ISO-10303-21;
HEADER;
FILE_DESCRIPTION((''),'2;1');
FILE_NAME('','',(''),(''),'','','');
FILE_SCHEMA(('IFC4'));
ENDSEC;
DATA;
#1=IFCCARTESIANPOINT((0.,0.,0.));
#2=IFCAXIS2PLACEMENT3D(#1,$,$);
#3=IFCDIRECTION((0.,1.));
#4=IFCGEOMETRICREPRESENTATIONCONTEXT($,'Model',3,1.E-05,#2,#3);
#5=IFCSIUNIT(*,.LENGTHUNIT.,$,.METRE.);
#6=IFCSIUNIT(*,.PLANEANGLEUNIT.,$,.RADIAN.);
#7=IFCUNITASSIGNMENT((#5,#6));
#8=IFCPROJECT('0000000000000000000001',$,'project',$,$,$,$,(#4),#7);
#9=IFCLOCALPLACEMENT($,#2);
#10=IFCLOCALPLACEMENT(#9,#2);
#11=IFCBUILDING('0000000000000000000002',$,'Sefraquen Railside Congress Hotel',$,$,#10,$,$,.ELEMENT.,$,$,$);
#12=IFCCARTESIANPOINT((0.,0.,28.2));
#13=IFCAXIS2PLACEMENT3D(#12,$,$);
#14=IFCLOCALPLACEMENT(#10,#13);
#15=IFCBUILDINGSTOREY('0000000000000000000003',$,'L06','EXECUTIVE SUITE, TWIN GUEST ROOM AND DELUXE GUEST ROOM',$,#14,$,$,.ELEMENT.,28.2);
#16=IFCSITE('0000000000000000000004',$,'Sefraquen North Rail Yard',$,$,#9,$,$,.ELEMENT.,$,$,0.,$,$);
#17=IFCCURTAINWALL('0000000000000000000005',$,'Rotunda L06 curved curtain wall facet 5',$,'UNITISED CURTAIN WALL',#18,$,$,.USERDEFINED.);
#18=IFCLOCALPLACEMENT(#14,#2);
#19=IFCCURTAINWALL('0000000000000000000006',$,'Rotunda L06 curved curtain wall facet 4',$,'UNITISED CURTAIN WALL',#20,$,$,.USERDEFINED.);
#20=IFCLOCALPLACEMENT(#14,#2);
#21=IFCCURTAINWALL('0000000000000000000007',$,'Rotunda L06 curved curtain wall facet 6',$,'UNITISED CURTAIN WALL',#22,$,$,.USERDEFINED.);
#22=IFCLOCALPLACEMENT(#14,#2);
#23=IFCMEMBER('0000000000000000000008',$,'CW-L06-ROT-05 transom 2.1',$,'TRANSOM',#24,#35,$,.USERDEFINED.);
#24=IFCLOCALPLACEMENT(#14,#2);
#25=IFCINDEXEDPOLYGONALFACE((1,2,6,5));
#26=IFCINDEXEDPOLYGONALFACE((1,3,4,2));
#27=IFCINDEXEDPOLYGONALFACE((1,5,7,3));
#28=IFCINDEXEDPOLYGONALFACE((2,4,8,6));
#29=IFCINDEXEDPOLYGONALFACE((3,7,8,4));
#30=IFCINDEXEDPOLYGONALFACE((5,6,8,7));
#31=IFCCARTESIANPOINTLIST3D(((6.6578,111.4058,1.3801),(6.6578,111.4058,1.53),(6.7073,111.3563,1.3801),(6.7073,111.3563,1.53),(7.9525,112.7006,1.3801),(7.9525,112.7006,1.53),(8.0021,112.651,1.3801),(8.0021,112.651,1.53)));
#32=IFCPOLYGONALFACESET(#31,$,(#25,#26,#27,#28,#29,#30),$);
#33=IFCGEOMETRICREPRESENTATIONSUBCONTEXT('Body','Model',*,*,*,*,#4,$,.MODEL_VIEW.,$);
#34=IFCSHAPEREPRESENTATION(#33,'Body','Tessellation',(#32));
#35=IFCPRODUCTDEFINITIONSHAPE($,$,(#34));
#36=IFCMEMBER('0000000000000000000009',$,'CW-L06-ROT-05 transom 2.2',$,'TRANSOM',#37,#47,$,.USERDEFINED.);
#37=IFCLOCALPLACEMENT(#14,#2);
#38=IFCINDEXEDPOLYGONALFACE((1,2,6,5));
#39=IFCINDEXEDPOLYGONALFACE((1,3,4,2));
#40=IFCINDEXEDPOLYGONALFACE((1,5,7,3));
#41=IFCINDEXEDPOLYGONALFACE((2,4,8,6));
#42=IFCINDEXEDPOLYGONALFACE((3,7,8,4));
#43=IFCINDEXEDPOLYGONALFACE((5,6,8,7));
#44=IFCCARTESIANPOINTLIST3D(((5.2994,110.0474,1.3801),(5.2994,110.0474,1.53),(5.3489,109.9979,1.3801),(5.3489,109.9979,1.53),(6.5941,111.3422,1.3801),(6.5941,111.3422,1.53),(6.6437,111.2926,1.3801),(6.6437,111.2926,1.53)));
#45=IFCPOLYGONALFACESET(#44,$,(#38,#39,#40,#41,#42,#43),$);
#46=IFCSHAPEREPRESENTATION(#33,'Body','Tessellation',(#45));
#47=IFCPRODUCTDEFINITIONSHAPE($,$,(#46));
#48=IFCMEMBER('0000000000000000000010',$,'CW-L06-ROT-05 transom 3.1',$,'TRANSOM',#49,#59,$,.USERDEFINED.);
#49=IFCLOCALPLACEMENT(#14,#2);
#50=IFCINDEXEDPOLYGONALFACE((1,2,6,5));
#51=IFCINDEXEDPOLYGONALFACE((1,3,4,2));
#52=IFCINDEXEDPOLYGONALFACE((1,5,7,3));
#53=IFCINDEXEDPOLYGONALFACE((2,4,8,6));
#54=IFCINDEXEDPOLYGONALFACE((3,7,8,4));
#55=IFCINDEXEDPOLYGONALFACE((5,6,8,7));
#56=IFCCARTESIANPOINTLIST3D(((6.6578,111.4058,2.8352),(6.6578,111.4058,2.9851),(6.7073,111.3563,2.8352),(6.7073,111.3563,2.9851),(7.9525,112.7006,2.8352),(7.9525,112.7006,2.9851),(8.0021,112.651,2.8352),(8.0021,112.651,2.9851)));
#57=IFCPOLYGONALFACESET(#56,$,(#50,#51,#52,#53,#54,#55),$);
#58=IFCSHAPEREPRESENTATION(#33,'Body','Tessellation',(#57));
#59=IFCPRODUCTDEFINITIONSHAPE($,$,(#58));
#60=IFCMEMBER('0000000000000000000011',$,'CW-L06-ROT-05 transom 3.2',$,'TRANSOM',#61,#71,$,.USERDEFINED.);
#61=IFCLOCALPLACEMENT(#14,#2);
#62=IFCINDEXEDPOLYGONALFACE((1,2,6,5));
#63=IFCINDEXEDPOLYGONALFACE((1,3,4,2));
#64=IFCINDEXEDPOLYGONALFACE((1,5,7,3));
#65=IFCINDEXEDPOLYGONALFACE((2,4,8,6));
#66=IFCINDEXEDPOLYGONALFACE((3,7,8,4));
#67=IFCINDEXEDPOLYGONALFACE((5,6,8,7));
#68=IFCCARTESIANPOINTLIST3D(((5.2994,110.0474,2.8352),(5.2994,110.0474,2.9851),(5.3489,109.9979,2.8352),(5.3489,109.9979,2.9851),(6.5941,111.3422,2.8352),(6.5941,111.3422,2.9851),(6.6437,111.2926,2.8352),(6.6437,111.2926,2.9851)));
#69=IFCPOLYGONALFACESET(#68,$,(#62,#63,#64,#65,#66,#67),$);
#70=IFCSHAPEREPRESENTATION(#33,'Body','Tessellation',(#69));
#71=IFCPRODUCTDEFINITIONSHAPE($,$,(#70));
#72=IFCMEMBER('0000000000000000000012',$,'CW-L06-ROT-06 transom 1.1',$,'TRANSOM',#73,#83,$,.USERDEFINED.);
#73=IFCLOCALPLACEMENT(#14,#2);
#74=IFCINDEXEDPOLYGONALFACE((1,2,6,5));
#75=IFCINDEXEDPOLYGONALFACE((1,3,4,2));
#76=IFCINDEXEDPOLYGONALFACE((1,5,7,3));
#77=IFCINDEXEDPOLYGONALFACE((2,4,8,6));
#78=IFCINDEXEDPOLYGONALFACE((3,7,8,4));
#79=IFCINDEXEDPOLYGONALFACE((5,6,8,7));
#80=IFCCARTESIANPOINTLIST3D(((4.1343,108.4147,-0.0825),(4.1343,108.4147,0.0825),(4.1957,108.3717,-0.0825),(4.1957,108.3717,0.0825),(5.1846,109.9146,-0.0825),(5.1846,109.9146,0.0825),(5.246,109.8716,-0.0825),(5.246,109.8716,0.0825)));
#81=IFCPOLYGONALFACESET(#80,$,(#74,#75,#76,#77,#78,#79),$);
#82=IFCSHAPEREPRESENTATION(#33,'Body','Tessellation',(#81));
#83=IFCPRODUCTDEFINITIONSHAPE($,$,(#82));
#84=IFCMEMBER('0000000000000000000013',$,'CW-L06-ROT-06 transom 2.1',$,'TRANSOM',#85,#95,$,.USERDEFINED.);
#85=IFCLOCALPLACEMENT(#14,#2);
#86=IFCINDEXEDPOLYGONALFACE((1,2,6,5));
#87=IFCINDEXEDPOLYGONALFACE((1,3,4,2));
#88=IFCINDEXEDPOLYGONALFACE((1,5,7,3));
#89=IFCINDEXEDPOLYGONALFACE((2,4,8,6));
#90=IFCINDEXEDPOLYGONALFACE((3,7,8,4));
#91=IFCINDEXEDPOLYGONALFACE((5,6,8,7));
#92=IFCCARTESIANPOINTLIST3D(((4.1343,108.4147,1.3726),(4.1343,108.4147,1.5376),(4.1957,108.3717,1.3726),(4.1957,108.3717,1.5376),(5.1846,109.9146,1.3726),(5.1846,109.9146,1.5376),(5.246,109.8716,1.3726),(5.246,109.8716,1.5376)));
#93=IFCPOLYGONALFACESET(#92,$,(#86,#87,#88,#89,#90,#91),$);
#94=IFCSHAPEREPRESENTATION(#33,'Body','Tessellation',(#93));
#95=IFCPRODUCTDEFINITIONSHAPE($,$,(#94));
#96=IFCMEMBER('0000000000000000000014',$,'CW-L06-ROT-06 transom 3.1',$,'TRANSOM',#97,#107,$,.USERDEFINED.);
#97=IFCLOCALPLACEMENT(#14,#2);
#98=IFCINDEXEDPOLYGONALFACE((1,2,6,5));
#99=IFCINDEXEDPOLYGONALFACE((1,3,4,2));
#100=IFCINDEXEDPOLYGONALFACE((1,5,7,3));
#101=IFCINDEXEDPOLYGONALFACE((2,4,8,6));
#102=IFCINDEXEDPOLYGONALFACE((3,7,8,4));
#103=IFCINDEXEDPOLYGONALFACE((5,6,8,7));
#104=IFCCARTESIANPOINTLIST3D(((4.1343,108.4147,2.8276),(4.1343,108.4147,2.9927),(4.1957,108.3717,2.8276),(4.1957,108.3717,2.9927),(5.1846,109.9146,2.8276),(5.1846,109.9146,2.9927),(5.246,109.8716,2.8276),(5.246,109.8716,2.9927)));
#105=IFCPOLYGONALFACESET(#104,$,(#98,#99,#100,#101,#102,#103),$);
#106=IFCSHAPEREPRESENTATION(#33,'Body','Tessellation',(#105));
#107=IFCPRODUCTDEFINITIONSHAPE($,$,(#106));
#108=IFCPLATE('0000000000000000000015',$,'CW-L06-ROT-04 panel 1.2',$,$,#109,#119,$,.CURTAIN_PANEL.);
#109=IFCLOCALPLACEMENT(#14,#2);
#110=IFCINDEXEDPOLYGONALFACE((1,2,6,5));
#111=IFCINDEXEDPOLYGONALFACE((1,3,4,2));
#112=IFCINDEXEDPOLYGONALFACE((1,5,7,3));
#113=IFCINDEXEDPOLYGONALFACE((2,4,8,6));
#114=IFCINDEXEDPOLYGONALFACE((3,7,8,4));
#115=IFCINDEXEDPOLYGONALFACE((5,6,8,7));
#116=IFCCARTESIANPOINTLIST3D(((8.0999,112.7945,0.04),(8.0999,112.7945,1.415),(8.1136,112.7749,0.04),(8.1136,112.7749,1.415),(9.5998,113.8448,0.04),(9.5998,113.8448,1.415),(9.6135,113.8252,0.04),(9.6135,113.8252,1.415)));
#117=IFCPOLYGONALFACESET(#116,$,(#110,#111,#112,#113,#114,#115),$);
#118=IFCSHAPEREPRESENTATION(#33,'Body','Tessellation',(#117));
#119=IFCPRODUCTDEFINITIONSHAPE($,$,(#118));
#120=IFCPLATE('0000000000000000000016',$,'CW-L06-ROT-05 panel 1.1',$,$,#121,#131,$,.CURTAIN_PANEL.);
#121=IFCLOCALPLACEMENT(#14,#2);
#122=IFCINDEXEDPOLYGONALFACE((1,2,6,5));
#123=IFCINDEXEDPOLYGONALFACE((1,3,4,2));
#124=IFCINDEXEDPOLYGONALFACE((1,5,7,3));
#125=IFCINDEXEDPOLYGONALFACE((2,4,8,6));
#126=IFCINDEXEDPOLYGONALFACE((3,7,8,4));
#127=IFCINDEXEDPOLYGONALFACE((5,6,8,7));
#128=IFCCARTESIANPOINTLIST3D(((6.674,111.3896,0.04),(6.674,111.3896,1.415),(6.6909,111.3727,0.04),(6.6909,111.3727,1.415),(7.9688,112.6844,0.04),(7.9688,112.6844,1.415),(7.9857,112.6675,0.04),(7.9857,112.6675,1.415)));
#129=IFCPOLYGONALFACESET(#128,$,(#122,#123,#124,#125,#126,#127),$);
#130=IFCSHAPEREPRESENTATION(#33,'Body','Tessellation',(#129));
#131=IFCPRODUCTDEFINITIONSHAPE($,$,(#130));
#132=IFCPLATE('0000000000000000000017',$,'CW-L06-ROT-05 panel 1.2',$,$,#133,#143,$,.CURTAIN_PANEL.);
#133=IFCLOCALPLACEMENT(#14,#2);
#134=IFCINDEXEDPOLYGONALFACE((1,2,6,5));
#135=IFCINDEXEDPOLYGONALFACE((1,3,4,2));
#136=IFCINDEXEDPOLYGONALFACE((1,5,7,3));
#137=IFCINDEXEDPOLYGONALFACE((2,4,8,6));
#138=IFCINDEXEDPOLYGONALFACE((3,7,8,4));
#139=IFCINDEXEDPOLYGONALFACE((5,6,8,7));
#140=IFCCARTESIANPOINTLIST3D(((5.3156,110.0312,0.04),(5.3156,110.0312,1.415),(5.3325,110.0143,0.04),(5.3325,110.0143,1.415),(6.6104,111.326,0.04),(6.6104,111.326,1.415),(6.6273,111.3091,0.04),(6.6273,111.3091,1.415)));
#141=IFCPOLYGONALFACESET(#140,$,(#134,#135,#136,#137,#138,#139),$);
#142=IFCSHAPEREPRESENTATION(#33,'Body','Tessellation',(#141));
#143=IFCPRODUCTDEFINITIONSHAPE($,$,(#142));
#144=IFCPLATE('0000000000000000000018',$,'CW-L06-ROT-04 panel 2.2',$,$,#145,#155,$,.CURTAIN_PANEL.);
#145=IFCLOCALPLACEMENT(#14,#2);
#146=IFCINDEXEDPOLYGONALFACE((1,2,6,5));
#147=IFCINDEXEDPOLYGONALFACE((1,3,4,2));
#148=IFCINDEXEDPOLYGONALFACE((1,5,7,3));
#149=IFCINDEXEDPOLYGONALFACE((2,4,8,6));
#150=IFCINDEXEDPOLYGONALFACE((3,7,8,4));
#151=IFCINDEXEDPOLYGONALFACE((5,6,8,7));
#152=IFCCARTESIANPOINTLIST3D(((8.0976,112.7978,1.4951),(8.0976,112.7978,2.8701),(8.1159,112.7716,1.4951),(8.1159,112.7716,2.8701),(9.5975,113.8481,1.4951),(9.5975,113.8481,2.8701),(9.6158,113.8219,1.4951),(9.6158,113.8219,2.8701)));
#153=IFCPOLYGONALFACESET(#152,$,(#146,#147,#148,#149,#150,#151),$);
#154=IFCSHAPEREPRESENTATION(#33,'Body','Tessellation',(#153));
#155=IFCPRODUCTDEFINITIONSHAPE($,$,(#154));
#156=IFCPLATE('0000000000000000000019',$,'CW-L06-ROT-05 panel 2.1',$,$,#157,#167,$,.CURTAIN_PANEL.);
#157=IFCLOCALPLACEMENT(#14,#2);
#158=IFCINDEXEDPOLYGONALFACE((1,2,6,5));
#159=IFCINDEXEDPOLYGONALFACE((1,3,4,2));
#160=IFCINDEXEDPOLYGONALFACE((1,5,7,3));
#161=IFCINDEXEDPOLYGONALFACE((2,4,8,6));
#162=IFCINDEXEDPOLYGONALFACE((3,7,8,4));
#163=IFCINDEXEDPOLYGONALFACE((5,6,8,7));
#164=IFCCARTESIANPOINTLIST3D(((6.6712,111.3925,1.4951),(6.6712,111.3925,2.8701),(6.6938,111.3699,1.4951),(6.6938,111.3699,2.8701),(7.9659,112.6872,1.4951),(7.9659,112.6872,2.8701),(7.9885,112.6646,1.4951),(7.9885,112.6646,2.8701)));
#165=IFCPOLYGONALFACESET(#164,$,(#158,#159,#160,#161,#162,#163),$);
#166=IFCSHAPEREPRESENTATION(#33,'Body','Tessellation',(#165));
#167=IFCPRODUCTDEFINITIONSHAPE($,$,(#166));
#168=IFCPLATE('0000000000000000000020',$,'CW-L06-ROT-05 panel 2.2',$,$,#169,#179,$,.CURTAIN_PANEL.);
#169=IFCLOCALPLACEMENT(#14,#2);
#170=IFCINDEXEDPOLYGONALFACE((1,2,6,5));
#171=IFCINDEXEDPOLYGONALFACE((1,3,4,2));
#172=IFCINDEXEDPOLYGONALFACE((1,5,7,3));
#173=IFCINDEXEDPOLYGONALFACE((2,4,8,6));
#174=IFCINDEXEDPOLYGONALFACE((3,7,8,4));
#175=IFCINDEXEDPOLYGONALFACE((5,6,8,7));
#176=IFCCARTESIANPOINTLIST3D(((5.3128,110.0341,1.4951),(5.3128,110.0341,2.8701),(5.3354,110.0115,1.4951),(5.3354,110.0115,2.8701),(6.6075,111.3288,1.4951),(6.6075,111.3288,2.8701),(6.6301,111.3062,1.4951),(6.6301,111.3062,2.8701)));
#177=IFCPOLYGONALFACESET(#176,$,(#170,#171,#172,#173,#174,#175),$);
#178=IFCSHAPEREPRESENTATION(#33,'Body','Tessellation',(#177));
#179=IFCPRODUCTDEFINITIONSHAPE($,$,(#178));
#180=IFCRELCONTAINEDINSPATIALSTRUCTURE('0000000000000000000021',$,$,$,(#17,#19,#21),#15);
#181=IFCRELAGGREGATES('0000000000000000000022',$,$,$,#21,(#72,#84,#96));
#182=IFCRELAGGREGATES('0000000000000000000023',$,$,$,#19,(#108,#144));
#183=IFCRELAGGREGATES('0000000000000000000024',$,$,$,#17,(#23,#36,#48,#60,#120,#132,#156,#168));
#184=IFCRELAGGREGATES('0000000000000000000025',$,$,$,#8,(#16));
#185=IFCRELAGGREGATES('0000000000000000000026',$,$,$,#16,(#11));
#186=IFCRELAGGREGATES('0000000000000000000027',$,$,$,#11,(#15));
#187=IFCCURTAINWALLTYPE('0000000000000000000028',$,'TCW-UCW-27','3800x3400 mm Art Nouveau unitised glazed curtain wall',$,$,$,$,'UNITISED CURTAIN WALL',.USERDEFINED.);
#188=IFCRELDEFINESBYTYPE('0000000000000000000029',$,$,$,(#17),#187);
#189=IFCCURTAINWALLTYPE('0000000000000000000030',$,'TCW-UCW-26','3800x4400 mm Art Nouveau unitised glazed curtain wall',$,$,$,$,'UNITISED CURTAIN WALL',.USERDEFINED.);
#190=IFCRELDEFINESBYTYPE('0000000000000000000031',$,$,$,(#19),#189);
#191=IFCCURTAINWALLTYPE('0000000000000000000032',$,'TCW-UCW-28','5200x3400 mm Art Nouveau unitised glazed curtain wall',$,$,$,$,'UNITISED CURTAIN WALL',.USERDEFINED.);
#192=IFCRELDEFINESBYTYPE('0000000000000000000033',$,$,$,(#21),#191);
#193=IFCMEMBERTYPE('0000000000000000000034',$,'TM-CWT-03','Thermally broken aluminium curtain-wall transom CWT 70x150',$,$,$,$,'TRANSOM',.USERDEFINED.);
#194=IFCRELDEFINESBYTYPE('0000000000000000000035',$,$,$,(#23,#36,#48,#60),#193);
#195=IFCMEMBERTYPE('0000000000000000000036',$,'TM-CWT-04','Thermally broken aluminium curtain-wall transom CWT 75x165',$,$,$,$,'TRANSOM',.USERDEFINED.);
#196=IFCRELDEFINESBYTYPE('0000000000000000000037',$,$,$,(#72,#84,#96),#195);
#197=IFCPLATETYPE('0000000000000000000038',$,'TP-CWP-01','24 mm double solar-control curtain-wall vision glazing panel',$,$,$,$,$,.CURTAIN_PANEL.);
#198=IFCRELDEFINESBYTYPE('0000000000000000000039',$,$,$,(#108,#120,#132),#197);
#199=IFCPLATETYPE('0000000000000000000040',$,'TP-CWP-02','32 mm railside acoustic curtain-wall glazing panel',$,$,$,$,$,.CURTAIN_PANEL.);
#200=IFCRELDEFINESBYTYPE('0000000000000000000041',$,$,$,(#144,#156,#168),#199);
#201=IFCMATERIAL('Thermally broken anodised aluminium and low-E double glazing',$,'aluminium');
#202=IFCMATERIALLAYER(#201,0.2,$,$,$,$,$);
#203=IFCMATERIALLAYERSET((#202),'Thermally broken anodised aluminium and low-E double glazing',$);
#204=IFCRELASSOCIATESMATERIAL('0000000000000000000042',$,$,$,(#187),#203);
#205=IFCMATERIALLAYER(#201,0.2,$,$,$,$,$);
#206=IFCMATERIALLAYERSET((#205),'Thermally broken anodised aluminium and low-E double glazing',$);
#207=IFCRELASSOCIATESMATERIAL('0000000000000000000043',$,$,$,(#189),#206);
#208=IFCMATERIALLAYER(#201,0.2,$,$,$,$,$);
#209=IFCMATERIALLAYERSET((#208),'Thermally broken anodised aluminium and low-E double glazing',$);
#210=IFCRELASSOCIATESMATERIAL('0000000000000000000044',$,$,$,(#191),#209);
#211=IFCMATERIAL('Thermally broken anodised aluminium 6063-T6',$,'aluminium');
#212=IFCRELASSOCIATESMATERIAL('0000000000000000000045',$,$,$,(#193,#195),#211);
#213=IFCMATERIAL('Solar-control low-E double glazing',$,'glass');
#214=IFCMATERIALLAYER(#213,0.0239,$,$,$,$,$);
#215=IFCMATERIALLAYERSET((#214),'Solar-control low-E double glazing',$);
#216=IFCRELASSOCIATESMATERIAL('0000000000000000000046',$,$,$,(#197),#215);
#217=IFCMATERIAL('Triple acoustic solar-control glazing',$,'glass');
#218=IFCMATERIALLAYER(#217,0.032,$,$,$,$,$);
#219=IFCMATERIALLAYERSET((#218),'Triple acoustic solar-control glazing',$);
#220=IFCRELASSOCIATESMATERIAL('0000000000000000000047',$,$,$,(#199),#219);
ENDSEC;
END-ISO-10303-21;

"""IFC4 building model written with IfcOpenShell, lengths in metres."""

from ifc_helpers import new_model, si_unit, direction, frame, origin, origin_2d, place, context, subcontext, project, spatial, rectangle, extrude, material, layer, layer_set, material_profile, profile_set, type_object, element, aggregate, save


model = new_model("IFC4")

# Units and contexts
model_context = context("Model", 3, precision=1e-05, world=origin(), true_north=direction((0.0, 1.0)))
body_context = subcontext(model_context, "Body", "Model", "MODEL_VIEW")
ifc_project = project(units=[si_unit("LENGTHUNIT", "METRE"), si_unit("PLANEANGLEUNIT", "RADIAN")], contexts=[model_context])

# Site, building, storey
site_placement = place(None, origin())
site = spatial("IfcSite", under=ifc_project, at=site_placement, Name="Sefraquen North Rail Yard", CompositionType="ELEMENT", RefElevation=0.0)
building_placement = place(site_placement, origin())
building = spatial("IfcBuilding", under=site, at=building_placement, Name="Sefraquen Railside Congress Hotel", CompositionType="ELEMENT")
storey_placement = place(building_placement, frame((0.0, 0.0, 28.2)))
storey = spatial("IfcBuildingStorey", under=building, at=storey_placement, Name="L06", Description="EXECUTIVE SUITE, TWIN GUEST ROOM AND DELUXE GUEST ROOM", CompositionType="ELEMENT", Elevation=28.2)

# Curtain walls
ifc_material_1 = material(Name="Thermally broken anodised aluminium and low-E double glazing", Category="aluminium")
ifc_layer_1 = layer(ifc_material_1, 0.2)
ifc_layer_set_1 = layer_set([ifc_layer_1], Name="Thermally broken anodised aluminium and low-E double glazing")
curtain_wall_type_1 = type_object("IfcCurtainWallType", Name="TCW-UCW-27", Description="3800x3400 mm Art Nouveau unitised glazed curtain wall", ElementType="UNITISED CURTAIN WALL", PredefinedType="USERDEFINED", material=ifc_layer_set_1)
curtain_wall_1_placement = place(storey_placement, origin())
curtain_wall_1 = element("IfcCurtainWall", 1, at=curtain_wall_1_placement, inside=storey, type_object=curtain_wall_type_1, Name="Rotunda L06 curved curtain wall facet 5", ObjectType="UNITISED CURTAIN WALL", PredefinedType="USERDEFINED")
ifc_material_2 = material(Name="Thermally broken anodised aluminium 6063-T6", Category="aluminium")
ifc_layer_2 = layer(ifc_material_1, 0.2)
ifc_layer_set_2 = layer_set([ifc_layer_2], Name="Thermally broken anodised aluminium and low-E double glazing")
curtain_wall_type_2 = type_object("IfcCurtainWallType", Name="TCW-UCW-26", Description="3800x4400 mm Art Nouveau unitised glazed curtain wall", ElementType="UNITISED CURTAIN WALL", PredefinedType="USERDEFINED", material=ifc_layer_set_2)
curtain_wall_2_placement = place(storey_placement, origin())
curtain_wall_2 = element("IfcCurtainWall", 2, at=curtain_wall_2_placement, inside=storey, type_object=curtain_wall_type_2, Name="Rotunda L06 curved curtain wall facet 4", ObjectType="UNITISED CURTAIN WALL", PredefinedType="USERDEFINED")

# Curtain wall
ifc_layer_3 = layer(ifc_material_1, 0.2)
ifc_layer_set_3 = layer_set([ifc_layer_3], Name="Thermally broken anodised aluminium and low-E double glazing")
curtain_wall_type_3 = type_object("IfcCurtainWallType", Name="TCW-UCW-28", Description="5200x3400 mm Art Nouveau unitised glazed curtain wall", ElementType="UNITISED CURTAIN WALL", PredefinedType="USERDEFINED", material=ifc_layer_set_3)
curtain_wall_3_placement = place(storey_placement, origin())
curtain_wall_3 = element("IfcCurtainWall", 3, at=curtain_wall_3_placement, inside=storey, type_object=curtain_wall_type_3, Name="Rotunda L06 curved curtain wall facet 6", ObjectType="UNITISED CURTAIN WALL", PredefinedType="USERDEFINED")

# Members
ifc_material_profile_1 = material_profile(ifc_material_2, rectangle(XDim=0.0701, YDim=0.1499, at=origin_2d()), Name="CWT 70x150")
ifc_profile_set_1 = profile_set([ifc_material_profile_1], Name="Thermally broken anodised aluminium 6063-T6")
member_type_1 = type_object("IfcMemberType", Name="TM-CWT-03", Description="Thermally broken aluminium curtain-wall transom CWT 70x150", ElementType="TRANSOM", PredefinedType="USERDEFINED", material=ifc_profile_set_1)
member_1_placement = place(storey_placement, frame((7.9773, 112.6758, 1.4551), z_axis=(-0.707107, -0.707107, 0.0), x_axis=(0.707107, -0.707107, 0.0)))
member_1 = element("IfcMember", 4, at=member_1_placement, type_object=member_type_1, Name="CW-L06-ROT-05 transom 2.1", ObjectType="TRANSOM", PredefinedType="USERDEFINED", context=body_context, shape_type="SweptSolid", body=[
    extrude(rectangle(XDim=0.0701, YDim=0.1499, at=origin_2d()), origin(), (0.0, 0.0, 1.0), 1.8311),
])
member_2_placement = place(storey_placement, frame((6.6189, 111.3174, 1.4551), z_axis=(-0.707107, -0.707107, 0.0), x_axis=(0.707107, -0.707107, 0.0)))
member_2 = element("IfcMember", 5, at=member_2_placement, type_object=member_type_1, Name="CW-L06-ROT-05 transom 2.2", ObjectType="TRANSOM", PredefinedType="USERDEFINED", context=body_context, shape_type="SweptSolid", body=[
    extrude(rectangle(XDim=0.0701, YDim=0.1499, at=origin_2d()), origin(), (0.0, 0.0, 1.0), 1.8311),
])
member_3_placement = place(storey_placement, frame((7.9773, 112.6758, 2.9102), z_axis=(-0.707107, -0.707107, 0.0), x_axis=(0.707107, -0.707107, 0.0)))
member_3 = element("IfcMember", 6, at=member_3_placement, type_object=member_type_1, Name="CW-L06-ROT-05 transom 3.1", ObjectType="TRANSOM", PredefinedType="USERDEFINED", context=body_context, shape_type="SweptSolid", body=[
    extrude(rectangle(XDim=0.0701, YDim=0.1499, at=origin_2d()), origin(), (0.0, 0.0, 1.0), 1.8311),
])
member_4_placement = place(storey_placement, frame((6.6189, 111.3174, 2.9102), z_axis=(-0.707107, -0.707107, 0.0), x_axis=(0.707107, -0.707107, 0.0)))
member_4 = element("IfcMember", 7, at=member_4_placement, type_object=member_type_1, Name="CW-L06-ROT-05 transom 3.2", ObjectType="TRANSOM", PredefinedType="USERDEFINED", context=body_context, shape_type="SweptSolid", body=[
    extrude(rectangle(XDim=0.0701, YDim=0.1499, at=origin_2d()), origin(), (0.0, 0.0, 1.0), 1.8311),
])
ifc_material_profile_2 = material_profile(ifc_material_2, rectangle(XDim=0.075, YDim=0.165, at=origin_2d()), Name="CWT 75x165")
ifc_profile_set_2 = profile_set([ifc_material_profile_2], Name="Thermally broken anodised aluminium 6063-T6")
member_type_2 = type_object("IfcMemberType", Name="TM-CWT-04", Description="Thermally broken aluminium curtain-wall transom CWT 75x165", ElementType="TRANSOM", PredefinedType="USERDEFINED", material=ifc_profile_set_2)
member_5_placement = place(storey_placement, frame((5.2153, 109.8931, 0.0), z_axis=(-0.573632, -0.819113, 0.0), x_axis=(0.819113, -0.573632, 0.0)))
member_5 = element("IfcMember", 8, at=member_5_placement, type_object=member_type_2, Name="CW-L06-ROT-06 transom 1.1", ObjectType="TRANSOM", PredefinedType="USERDEFINED", context=body_context, shape_type="SweptSolid", body=[
    extrude(rectangle(XDim=0.075, YDim=0.165, at=origin_2d()), origin(), (0.0, 0.0, 1.0), 1.8311),
])
member_6_placement = place(storey_placement, frame((5.2153, 109.8931, 1.4551), z_axis=(-0.573632, -0.819113, 0.0), x_axis=(0.819113, -0.573632, 0.0)))
member_6 = element("IfcMember", 9, at=member_6_placement, type_object=member_type_2, Name="CW-L06-ROT-06 transom 2.1", ObjectType="TRANSOM", PredefinedType="USERDEFINED", context=body_context, shape_type="SweptSolid", body=[
    extrude(rectangle(XDim=0.075, YDim=0.165, at=origin_2d()), origin(), (0.0, 0.0, 1.0), 1.8311),
])
member_7_placement = place(storey_placement, frame((5.2153, 109.8931, 2.9102), z_axis=(-0.573632, -0.819113, 0.0), x_axis=(0.819113, -0.573632, 0.0)))
member_7 = element("IfcMember", 10, at=member_7_placement, type_object=member_type_2, Name="CW-L06-ROT-06 transom 3.1", ObjectType="TRANSOM", PredefinedType="USERDEFINED", context=body_context, shape_type="SweptSolid", body=[
    extrude(rectangle(XDim=0.075, YDim=0.165, at=origin_2d()), origin(), (0.0, 0.0, 1.0), 1.8311),
])
aggregate(curtain_wall_3, [member_5, member_6, member_7])

# Plates
ifc_material_3 = material(Name="Solar-control low-E double glazing", Category="glass")
ifc_layer_4 = layer(ifc_material_3, 0.0239)
ifc_layer_set_4 = layer_set([ifc_layer_4], Name="Solar-control low-E double glazing")
plate_type_1 = type_object("IfcPlateType", Name="TP-CWP-01", Description="24 mm double solar-control curtain-wall vision glazing panel", PredefinedType="CURTAIN_PANEL", material=ifc_layer_set_4)
plate_1_placement = place(storey_placement, frame((8.8567, 113.3098, 0.04), z_axis=(0.0, 0.0, 1.0), x_axis=(-0.819132, -0.573605, 0.0)))
plate_1 = element("IfcPlate", 11, at=plate_1_placement, type_object=plate_type_1, Name="CW-L06-ROT-04 panel 1.2", PredefinedType="CURTAIN_PANEL", context=body_context, shape_type="SweptSolid", body=[
    extrude(rectangle(XDim=1.8311, YDim=0.0239, at=origin_2d()), origin(), (0.0, 0.0, 1.0), 1.375),
])
plate_2_placement = place(storey_placement, frame((7.3298, 112.0286, 0.04), z_axis=(0.0, 0.0, 1.0), x_axis=(-0.707107, -0.707107, 0.0)))
plate_2 = element("IfcPlate", 12, at=plate_2_placement, type_object=plate_type_1, Name="CW-L06-ROT-05 panel 1.1", PredefinedType="CURTAIN_PANEL", context=body_context, shape_type="SweptSolid", body=[
    extrude(rectangle(XDim=1.8311, YDim=0.0239, at=origin_2d()), origin(), (0.0, 0.0, 1.0), 1.375),
])
plate_3_placement = place(storey_placement, frame((5.9714, 110.6702, 0.04), z_axis=(0.0, 0.0, 1.0), x_axis=(-0.707107, -0.707107, 0.0)))
plate_3 = element("IfcPlate", 13, at=plate_3_placement, type_object=plate_type_1, Name="CW-L06-ROT-05 panel 1.2", PredefinedType="CURTAIN_PANEL", context=body_context, shape_type="SweptSolid", body=[
    extrude(rectangle(XDim=1.8311, YDim=0.0239, at=origin_2d()), origin(), (0.0, 0.0, 1.0), 1.375),
])
ifc_material_4 = material(Name="Triple acoustic solar-control glazing", Category="glass")
ifc_layer_5 = layer(ifc_material_4, 0.032)
ifc_layer_set_5 = layer_set([ifc_layer_5], Name="Triple acoustic solar-control glazing")
plate_type_2 = type_object("IfcPlateType", Name="TP-CWP-02", Description="32 mm railside acoustic curtain-wall glazing panel", PredefinedType="CURTAIN_PANEL", material=ifc_layer_set_5)
plate_4_placement = place(storey_placement, frame((8.8567, 113.3098, 1.4951), z_axis=(0.0, 0.0, 1.0), x_axis=(-0.819132, -0.573605, 0.0)))
plate_4 = element("IfcPlate", 14, at=plate_4_placement, type_object=plate_type_2, Name="CW-L06-ROT-04 panel 2.2", PredefinedType="CURTAIN_PANEL", context=body_context, shape_type="SweptSolid", body=[
    extrude(rectangle(XDim=1.8311, YDim=0.032, at=origin_2d()), origin(), (0.0, 0.0, 1.0), 1.375),
])
aggregate(curtain_wall_2, [plate_1, plate_4])
plate_5_placement = place(storey_placement, frame((7.3298, 112.0286, 1.4951), z_axis=(0.0, 0.0, 1.0), x_axis=(-0.707107, -0.707107, 0.0)))
plate_5 = element("IfcPlate", 15, at=plate_5_placement, type_object=plate_type_2, Name="CW-L06-ROT-05 panel 2.1", PredefinedType="CURTAIN_PANEL", context=body_context, shape_type="SweptSolid", body=[
    extrude(rectangle(XDim=1.8311, YDim=0.032, at=origin_2d()), origin(), (0.0, 0.0, 1.0), 1.375),
])
plate_6_placement = place(storey_placement, frame((5.9714, 110.6702, 1.4951), z_axis=(0.0, 0.0, 1.0), x_axis=(-0.707107, -0.707107, 0.0)))
plate_6 = element("IfcPlate", 16, at=plate_6_placement, type_object=plate_type_2, Name="CW-L06-ROT-05 panel 2.2", PredefinedType="CURTAIN_PANEL", context=body_context, shape_type="SweptSolid", body=[
    extrude(rectangle(XDim=1.8311, YDim=0.032, at=origin_2d()), origin(), (0.0, 0.0, 1.0), 1.375),
])
aggregate(curtain_wall_1, [member_1, member_2, member_3, member_4, plate_2, plate_3, plate_5, plate_6])

save(model, "model.ifc")
